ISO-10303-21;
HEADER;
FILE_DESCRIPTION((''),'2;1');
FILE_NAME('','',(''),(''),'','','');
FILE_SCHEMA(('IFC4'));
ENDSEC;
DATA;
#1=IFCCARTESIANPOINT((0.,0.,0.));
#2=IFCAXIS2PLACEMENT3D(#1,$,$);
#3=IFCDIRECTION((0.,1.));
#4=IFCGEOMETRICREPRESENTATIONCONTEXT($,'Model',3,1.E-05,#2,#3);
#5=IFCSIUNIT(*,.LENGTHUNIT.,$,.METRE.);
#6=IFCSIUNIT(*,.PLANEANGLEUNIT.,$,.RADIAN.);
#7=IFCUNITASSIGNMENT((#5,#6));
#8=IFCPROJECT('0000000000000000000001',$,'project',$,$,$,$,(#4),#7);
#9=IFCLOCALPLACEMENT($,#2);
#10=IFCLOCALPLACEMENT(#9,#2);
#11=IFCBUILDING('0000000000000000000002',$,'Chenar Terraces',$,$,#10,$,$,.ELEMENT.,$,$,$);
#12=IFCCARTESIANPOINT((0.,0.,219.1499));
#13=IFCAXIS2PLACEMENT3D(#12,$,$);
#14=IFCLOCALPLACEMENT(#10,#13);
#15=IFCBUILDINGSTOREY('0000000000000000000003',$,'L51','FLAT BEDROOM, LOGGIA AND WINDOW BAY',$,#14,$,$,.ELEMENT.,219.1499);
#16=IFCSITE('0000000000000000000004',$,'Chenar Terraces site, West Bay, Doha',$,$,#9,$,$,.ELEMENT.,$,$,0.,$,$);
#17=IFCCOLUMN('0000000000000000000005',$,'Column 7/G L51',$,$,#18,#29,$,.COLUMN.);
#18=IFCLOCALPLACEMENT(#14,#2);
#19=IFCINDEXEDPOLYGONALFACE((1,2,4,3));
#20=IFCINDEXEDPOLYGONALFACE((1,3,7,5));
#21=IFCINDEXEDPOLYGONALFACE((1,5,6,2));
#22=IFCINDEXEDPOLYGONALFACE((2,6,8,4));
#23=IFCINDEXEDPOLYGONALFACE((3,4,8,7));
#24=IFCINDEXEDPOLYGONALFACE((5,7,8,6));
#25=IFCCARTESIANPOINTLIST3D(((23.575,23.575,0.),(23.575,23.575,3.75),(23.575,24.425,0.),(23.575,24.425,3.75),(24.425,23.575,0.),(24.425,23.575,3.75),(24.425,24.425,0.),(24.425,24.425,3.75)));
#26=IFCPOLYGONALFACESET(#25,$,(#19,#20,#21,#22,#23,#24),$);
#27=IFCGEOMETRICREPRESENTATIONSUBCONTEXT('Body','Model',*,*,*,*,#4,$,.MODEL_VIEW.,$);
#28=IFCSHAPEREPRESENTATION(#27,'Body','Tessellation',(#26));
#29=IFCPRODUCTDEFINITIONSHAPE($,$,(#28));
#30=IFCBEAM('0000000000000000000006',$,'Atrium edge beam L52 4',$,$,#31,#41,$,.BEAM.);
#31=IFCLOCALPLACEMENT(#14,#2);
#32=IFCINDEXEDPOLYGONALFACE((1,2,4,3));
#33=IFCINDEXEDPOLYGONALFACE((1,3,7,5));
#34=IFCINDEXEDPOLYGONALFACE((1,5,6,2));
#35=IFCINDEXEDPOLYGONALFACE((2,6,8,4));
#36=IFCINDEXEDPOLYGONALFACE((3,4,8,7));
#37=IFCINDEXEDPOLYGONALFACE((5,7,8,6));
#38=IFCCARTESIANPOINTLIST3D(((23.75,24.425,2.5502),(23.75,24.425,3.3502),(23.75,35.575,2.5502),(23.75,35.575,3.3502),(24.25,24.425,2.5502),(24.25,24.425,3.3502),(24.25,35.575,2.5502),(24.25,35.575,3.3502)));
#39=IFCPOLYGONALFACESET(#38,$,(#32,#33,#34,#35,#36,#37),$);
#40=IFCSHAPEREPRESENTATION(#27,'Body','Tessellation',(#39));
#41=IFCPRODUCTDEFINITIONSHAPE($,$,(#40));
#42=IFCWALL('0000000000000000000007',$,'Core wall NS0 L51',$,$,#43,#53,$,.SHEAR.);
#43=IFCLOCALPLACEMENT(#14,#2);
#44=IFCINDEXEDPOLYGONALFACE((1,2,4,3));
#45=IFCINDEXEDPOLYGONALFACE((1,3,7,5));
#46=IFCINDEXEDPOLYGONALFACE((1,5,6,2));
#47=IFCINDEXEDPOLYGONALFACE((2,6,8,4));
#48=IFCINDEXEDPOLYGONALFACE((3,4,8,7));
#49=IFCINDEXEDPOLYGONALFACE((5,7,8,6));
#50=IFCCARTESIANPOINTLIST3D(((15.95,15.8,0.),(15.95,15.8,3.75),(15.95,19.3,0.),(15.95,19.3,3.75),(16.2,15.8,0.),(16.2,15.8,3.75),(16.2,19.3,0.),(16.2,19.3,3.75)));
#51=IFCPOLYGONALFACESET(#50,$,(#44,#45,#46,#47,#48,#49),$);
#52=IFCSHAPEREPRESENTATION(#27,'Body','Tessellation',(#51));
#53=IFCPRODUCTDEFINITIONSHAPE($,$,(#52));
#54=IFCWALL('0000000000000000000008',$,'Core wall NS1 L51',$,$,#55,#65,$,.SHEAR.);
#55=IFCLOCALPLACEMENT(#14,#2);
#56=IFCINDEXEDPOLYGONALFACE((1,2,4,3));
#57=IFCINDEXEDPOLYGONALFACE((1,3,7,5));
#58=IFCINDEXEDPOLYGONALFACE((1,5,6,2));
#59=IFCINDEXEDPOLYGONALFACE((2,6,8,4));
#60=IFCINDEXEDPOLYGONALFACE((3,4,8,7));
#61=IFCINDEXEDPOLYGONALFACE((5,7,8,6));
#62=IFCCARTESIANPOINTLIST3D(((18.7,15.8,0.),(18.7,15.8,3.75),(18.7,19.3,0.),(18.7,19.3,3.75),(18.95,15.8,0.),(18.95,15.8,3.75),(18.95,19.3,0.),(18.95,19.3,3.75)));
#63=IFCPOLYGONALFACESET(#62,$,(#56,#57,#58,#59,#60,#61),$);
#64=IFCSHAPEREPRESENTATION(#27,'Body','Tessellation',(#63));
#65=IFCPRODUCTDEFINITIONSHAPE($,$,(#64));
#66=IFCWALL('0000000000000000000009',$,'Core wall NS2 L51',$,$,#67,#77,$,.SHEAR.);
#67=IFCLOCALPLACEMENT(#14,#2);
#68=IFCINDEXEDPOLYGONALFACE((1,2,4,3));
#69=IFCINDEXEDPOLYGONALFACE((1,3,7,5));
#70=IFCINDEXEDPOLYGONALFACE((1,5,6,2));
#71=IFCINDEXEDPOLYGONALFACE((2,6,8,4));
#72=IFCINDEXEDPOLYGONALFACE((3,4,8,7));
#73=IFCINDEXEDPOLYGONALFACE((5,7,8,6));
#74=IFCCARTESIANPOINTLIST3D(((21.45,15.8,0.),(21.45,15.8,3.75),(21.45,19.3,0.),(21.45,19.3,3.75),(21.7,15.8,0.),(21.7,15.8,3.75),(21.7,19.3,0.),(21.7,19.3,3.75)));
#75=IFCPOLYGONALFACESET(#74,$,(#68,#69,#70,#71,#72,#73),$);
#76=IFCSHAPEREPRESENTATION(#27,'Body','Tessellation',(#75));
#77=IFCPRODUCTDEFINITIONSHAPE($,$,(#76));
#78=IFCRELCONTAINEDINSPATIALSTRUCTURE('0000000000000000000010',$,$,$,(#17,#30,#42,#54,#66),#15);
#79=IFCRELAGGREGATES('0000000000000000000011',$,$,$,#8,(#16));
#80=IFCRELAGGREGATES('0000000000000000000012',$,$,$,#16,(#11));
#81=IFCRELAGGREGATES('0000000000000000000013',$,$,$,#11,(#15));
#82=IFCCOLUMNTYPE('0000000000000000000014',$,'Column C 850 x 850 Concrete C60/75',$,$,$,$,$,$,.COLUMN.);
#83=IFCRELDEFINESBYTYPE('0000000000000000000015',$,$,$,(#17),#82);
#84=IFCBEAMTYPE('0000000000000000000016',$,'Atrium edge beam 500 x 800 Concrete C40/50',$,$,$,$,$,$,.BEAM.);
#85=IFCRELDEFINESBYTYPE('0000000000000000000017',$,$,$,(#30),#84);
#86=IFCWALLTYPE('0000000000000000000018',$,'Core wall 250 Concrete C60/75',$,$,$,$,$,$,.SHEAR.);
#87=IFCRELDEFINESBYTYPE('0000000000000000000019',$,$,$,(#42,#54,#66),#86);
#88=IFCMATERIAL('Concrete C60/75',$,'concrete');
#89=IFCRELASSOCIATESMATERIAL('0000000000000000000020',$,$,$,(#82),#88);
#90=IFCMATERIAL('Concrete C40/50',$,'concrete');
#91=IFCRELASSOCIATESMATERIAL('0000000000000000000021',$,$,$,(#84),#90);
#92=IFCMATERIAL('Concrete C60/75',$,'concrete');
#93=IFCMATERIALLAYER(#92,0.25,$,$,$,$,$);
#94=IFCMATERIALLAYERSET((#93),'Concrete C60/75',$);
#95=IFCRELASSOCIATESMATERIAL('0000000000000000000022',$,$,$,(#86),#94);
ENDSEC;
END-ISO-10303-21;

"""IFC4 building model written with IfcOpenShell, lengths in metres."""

from ifc_helpers import new_model, si_unit, direction, frame, frame_2d, origin, origin_2d, place, context, subcontext, project, spatial, rectangle, extrude, material, layer, layer_set, material_profile, profile_set, type_object, element, save


model = new_model("IFC4")

# Units and contexts
model_context = context("Model", 3, precision=1e-05, world=origin(), true_north=direction((0.0, 1.0)))
body_context = subcontext(model_context, "Body", "Model", "MODEL_VIEW")
ifc_project = project(units=[si_unit("LENGTHUNIT", "METRE"), si_unit("PLANEANGLEUNIT", "RADIAN")], contexts=[model_context])

# Site, building, storey
site_placement = place(None, origin())
site = spatial("IfcSite", under=ifc_project, at=site_placement, Name="Chenar Terraces site, West Bay, Doha", CompositionType="ELEMENT", RefElevation=0.0)
building_placement = place(site_placement, origin())
building = spatial("IfcBuilding", under=site, at=building_placement, Name="Chenar Terraces", CompositionType="ELEMENT")
storey_placement = place(building_placement, frame((0.0, 0.0, 219.1499)))
storey = spatial("IfcBuildingStorey", under=building, at=storey_placement, Name="L51", Description="FLAT BEDROOM, LOGGIA AND WINDOW BAY", CompositionType="ELEMENT", Elevation=219.1499)

# Column
ifc_material_1 = material(Name="Concrete C60/75", Category="concrete")
ifc_material_profile_1 = material_profile(ifc_material_1, rectangle(XDim=0.8501, YDim=0.8501, at=origin_2d()), Name="C 850 x 850")
ifc_profile_set_1 = profile_set([ifc_material_profile_1], Name="Concrete C60/75")
column_type = type_object("IfcColumnType", Name="Column C 850 x 850 Concrete C60/75", PredefinedType="COLUMN", material=ifc_profile_set_1)
column_placement = place(storey_placement, frame((24.0, 24.0, 0.0), z_axis=(0.0, 0.0, 1.0), x_axis=(1.0, 0.0, 0.0)))
element("IfcColumn", 1, at=column_placement, inside=storey, type_object=column_type, Name="Column 7/G L51", PredefinedType="COLUMN", context=body_context, shape_type="SweptSolid", body=[
    extrude(rectangle(XDim=0.8501, YDim=0.8501, at=origin_2d()), origin(), (0.0, 0.0, 1.0), 3.75),
])

# Beam
ifc_material_2 = material(Name="Concrete C40/50", Category="concrete")
ifc_material_profile_2 = material_profile(ifc_material_2, rectangle(XDim=0.5, YDim=0.8, at=origin_2d()), Name="RC 500 x 800")
ifc_profile_set_2 = profile_set([ifc_material_profile_2], Name="Concrete C40/50")
beam_type = type_object("IfcBeamType", Name="Atrium edge beam 500 x 800 Concrete C40/50", PredefinedType="BEAM", material=ifc_profile_set_2)
beam_placement = place(storey_placement, frame((24.0, 35.575, 2.9502), z_axis=(0.0, -1.0, 0.0), x_axis=(1.0, 0.0, 0.0)))
element("IfcBeam", 2, at=beam_placement, inside=storey, type_object=beam_type, Name="Atrium edge beam L52 4", PredefinedType="BEAM", context=body_context, shape_type="SweptSolid", body=[
    extrude(rectangle(XDim=0.5, YDim=0.8, at=origin_2d()), origin(), (0.0, 0.0, 1.0), 11.1499),
])

# Walls
ifc_material_3 = material(Name="Concrete C60/75", Category="concrete")
ifc_layer_1 = layer(ifc_material_3, 0.25)
ifc_layer_set_1 = layer_set([ifc_layer_1], Name="Concrete C60/75")
wall_type_1 = type_object("IfcWallType", Name="Core wall 250 Concrete C60/75", PredefinedType="SHEAR", material=ifc_layer_set_1)
for number, where, z_axis, x_axis, name in (
    (3, (16.075, 15.8, 0.0), (0.0, 0.0, 1.0), (0.0, 1.0, 0.0), "Core wall NS0 L51"),
    (4, (18.825, 15.8, 0.0), (0.0, 0.0, 1.0), (0.0, 1.0, 0.0), "Core wall NS1 L51"),
    (5, (21.575, 15.8, 0.0), (0.0, 0.0, 1.0), (0.0, 1.0, 0.0), "Core wall NS2 L51"),
):
    element("IfcWall", number, at=place(storey_placement, frame(where, z_axis=z_axis, x_axis=x_axis)), inside=storey, type_object=wall_type_1, Name=name, PredefinedType="SHEAR", context=body_context, shape_type="SweptSolid", body=[
        extrude(rectangle(XDim=3.5, YDim=0.25, at=frame_2d((1.75, 0.0))), origin(), (0.0, 0.0, 1.0), 3.75),
    ])

save(model, "model.ifc")
